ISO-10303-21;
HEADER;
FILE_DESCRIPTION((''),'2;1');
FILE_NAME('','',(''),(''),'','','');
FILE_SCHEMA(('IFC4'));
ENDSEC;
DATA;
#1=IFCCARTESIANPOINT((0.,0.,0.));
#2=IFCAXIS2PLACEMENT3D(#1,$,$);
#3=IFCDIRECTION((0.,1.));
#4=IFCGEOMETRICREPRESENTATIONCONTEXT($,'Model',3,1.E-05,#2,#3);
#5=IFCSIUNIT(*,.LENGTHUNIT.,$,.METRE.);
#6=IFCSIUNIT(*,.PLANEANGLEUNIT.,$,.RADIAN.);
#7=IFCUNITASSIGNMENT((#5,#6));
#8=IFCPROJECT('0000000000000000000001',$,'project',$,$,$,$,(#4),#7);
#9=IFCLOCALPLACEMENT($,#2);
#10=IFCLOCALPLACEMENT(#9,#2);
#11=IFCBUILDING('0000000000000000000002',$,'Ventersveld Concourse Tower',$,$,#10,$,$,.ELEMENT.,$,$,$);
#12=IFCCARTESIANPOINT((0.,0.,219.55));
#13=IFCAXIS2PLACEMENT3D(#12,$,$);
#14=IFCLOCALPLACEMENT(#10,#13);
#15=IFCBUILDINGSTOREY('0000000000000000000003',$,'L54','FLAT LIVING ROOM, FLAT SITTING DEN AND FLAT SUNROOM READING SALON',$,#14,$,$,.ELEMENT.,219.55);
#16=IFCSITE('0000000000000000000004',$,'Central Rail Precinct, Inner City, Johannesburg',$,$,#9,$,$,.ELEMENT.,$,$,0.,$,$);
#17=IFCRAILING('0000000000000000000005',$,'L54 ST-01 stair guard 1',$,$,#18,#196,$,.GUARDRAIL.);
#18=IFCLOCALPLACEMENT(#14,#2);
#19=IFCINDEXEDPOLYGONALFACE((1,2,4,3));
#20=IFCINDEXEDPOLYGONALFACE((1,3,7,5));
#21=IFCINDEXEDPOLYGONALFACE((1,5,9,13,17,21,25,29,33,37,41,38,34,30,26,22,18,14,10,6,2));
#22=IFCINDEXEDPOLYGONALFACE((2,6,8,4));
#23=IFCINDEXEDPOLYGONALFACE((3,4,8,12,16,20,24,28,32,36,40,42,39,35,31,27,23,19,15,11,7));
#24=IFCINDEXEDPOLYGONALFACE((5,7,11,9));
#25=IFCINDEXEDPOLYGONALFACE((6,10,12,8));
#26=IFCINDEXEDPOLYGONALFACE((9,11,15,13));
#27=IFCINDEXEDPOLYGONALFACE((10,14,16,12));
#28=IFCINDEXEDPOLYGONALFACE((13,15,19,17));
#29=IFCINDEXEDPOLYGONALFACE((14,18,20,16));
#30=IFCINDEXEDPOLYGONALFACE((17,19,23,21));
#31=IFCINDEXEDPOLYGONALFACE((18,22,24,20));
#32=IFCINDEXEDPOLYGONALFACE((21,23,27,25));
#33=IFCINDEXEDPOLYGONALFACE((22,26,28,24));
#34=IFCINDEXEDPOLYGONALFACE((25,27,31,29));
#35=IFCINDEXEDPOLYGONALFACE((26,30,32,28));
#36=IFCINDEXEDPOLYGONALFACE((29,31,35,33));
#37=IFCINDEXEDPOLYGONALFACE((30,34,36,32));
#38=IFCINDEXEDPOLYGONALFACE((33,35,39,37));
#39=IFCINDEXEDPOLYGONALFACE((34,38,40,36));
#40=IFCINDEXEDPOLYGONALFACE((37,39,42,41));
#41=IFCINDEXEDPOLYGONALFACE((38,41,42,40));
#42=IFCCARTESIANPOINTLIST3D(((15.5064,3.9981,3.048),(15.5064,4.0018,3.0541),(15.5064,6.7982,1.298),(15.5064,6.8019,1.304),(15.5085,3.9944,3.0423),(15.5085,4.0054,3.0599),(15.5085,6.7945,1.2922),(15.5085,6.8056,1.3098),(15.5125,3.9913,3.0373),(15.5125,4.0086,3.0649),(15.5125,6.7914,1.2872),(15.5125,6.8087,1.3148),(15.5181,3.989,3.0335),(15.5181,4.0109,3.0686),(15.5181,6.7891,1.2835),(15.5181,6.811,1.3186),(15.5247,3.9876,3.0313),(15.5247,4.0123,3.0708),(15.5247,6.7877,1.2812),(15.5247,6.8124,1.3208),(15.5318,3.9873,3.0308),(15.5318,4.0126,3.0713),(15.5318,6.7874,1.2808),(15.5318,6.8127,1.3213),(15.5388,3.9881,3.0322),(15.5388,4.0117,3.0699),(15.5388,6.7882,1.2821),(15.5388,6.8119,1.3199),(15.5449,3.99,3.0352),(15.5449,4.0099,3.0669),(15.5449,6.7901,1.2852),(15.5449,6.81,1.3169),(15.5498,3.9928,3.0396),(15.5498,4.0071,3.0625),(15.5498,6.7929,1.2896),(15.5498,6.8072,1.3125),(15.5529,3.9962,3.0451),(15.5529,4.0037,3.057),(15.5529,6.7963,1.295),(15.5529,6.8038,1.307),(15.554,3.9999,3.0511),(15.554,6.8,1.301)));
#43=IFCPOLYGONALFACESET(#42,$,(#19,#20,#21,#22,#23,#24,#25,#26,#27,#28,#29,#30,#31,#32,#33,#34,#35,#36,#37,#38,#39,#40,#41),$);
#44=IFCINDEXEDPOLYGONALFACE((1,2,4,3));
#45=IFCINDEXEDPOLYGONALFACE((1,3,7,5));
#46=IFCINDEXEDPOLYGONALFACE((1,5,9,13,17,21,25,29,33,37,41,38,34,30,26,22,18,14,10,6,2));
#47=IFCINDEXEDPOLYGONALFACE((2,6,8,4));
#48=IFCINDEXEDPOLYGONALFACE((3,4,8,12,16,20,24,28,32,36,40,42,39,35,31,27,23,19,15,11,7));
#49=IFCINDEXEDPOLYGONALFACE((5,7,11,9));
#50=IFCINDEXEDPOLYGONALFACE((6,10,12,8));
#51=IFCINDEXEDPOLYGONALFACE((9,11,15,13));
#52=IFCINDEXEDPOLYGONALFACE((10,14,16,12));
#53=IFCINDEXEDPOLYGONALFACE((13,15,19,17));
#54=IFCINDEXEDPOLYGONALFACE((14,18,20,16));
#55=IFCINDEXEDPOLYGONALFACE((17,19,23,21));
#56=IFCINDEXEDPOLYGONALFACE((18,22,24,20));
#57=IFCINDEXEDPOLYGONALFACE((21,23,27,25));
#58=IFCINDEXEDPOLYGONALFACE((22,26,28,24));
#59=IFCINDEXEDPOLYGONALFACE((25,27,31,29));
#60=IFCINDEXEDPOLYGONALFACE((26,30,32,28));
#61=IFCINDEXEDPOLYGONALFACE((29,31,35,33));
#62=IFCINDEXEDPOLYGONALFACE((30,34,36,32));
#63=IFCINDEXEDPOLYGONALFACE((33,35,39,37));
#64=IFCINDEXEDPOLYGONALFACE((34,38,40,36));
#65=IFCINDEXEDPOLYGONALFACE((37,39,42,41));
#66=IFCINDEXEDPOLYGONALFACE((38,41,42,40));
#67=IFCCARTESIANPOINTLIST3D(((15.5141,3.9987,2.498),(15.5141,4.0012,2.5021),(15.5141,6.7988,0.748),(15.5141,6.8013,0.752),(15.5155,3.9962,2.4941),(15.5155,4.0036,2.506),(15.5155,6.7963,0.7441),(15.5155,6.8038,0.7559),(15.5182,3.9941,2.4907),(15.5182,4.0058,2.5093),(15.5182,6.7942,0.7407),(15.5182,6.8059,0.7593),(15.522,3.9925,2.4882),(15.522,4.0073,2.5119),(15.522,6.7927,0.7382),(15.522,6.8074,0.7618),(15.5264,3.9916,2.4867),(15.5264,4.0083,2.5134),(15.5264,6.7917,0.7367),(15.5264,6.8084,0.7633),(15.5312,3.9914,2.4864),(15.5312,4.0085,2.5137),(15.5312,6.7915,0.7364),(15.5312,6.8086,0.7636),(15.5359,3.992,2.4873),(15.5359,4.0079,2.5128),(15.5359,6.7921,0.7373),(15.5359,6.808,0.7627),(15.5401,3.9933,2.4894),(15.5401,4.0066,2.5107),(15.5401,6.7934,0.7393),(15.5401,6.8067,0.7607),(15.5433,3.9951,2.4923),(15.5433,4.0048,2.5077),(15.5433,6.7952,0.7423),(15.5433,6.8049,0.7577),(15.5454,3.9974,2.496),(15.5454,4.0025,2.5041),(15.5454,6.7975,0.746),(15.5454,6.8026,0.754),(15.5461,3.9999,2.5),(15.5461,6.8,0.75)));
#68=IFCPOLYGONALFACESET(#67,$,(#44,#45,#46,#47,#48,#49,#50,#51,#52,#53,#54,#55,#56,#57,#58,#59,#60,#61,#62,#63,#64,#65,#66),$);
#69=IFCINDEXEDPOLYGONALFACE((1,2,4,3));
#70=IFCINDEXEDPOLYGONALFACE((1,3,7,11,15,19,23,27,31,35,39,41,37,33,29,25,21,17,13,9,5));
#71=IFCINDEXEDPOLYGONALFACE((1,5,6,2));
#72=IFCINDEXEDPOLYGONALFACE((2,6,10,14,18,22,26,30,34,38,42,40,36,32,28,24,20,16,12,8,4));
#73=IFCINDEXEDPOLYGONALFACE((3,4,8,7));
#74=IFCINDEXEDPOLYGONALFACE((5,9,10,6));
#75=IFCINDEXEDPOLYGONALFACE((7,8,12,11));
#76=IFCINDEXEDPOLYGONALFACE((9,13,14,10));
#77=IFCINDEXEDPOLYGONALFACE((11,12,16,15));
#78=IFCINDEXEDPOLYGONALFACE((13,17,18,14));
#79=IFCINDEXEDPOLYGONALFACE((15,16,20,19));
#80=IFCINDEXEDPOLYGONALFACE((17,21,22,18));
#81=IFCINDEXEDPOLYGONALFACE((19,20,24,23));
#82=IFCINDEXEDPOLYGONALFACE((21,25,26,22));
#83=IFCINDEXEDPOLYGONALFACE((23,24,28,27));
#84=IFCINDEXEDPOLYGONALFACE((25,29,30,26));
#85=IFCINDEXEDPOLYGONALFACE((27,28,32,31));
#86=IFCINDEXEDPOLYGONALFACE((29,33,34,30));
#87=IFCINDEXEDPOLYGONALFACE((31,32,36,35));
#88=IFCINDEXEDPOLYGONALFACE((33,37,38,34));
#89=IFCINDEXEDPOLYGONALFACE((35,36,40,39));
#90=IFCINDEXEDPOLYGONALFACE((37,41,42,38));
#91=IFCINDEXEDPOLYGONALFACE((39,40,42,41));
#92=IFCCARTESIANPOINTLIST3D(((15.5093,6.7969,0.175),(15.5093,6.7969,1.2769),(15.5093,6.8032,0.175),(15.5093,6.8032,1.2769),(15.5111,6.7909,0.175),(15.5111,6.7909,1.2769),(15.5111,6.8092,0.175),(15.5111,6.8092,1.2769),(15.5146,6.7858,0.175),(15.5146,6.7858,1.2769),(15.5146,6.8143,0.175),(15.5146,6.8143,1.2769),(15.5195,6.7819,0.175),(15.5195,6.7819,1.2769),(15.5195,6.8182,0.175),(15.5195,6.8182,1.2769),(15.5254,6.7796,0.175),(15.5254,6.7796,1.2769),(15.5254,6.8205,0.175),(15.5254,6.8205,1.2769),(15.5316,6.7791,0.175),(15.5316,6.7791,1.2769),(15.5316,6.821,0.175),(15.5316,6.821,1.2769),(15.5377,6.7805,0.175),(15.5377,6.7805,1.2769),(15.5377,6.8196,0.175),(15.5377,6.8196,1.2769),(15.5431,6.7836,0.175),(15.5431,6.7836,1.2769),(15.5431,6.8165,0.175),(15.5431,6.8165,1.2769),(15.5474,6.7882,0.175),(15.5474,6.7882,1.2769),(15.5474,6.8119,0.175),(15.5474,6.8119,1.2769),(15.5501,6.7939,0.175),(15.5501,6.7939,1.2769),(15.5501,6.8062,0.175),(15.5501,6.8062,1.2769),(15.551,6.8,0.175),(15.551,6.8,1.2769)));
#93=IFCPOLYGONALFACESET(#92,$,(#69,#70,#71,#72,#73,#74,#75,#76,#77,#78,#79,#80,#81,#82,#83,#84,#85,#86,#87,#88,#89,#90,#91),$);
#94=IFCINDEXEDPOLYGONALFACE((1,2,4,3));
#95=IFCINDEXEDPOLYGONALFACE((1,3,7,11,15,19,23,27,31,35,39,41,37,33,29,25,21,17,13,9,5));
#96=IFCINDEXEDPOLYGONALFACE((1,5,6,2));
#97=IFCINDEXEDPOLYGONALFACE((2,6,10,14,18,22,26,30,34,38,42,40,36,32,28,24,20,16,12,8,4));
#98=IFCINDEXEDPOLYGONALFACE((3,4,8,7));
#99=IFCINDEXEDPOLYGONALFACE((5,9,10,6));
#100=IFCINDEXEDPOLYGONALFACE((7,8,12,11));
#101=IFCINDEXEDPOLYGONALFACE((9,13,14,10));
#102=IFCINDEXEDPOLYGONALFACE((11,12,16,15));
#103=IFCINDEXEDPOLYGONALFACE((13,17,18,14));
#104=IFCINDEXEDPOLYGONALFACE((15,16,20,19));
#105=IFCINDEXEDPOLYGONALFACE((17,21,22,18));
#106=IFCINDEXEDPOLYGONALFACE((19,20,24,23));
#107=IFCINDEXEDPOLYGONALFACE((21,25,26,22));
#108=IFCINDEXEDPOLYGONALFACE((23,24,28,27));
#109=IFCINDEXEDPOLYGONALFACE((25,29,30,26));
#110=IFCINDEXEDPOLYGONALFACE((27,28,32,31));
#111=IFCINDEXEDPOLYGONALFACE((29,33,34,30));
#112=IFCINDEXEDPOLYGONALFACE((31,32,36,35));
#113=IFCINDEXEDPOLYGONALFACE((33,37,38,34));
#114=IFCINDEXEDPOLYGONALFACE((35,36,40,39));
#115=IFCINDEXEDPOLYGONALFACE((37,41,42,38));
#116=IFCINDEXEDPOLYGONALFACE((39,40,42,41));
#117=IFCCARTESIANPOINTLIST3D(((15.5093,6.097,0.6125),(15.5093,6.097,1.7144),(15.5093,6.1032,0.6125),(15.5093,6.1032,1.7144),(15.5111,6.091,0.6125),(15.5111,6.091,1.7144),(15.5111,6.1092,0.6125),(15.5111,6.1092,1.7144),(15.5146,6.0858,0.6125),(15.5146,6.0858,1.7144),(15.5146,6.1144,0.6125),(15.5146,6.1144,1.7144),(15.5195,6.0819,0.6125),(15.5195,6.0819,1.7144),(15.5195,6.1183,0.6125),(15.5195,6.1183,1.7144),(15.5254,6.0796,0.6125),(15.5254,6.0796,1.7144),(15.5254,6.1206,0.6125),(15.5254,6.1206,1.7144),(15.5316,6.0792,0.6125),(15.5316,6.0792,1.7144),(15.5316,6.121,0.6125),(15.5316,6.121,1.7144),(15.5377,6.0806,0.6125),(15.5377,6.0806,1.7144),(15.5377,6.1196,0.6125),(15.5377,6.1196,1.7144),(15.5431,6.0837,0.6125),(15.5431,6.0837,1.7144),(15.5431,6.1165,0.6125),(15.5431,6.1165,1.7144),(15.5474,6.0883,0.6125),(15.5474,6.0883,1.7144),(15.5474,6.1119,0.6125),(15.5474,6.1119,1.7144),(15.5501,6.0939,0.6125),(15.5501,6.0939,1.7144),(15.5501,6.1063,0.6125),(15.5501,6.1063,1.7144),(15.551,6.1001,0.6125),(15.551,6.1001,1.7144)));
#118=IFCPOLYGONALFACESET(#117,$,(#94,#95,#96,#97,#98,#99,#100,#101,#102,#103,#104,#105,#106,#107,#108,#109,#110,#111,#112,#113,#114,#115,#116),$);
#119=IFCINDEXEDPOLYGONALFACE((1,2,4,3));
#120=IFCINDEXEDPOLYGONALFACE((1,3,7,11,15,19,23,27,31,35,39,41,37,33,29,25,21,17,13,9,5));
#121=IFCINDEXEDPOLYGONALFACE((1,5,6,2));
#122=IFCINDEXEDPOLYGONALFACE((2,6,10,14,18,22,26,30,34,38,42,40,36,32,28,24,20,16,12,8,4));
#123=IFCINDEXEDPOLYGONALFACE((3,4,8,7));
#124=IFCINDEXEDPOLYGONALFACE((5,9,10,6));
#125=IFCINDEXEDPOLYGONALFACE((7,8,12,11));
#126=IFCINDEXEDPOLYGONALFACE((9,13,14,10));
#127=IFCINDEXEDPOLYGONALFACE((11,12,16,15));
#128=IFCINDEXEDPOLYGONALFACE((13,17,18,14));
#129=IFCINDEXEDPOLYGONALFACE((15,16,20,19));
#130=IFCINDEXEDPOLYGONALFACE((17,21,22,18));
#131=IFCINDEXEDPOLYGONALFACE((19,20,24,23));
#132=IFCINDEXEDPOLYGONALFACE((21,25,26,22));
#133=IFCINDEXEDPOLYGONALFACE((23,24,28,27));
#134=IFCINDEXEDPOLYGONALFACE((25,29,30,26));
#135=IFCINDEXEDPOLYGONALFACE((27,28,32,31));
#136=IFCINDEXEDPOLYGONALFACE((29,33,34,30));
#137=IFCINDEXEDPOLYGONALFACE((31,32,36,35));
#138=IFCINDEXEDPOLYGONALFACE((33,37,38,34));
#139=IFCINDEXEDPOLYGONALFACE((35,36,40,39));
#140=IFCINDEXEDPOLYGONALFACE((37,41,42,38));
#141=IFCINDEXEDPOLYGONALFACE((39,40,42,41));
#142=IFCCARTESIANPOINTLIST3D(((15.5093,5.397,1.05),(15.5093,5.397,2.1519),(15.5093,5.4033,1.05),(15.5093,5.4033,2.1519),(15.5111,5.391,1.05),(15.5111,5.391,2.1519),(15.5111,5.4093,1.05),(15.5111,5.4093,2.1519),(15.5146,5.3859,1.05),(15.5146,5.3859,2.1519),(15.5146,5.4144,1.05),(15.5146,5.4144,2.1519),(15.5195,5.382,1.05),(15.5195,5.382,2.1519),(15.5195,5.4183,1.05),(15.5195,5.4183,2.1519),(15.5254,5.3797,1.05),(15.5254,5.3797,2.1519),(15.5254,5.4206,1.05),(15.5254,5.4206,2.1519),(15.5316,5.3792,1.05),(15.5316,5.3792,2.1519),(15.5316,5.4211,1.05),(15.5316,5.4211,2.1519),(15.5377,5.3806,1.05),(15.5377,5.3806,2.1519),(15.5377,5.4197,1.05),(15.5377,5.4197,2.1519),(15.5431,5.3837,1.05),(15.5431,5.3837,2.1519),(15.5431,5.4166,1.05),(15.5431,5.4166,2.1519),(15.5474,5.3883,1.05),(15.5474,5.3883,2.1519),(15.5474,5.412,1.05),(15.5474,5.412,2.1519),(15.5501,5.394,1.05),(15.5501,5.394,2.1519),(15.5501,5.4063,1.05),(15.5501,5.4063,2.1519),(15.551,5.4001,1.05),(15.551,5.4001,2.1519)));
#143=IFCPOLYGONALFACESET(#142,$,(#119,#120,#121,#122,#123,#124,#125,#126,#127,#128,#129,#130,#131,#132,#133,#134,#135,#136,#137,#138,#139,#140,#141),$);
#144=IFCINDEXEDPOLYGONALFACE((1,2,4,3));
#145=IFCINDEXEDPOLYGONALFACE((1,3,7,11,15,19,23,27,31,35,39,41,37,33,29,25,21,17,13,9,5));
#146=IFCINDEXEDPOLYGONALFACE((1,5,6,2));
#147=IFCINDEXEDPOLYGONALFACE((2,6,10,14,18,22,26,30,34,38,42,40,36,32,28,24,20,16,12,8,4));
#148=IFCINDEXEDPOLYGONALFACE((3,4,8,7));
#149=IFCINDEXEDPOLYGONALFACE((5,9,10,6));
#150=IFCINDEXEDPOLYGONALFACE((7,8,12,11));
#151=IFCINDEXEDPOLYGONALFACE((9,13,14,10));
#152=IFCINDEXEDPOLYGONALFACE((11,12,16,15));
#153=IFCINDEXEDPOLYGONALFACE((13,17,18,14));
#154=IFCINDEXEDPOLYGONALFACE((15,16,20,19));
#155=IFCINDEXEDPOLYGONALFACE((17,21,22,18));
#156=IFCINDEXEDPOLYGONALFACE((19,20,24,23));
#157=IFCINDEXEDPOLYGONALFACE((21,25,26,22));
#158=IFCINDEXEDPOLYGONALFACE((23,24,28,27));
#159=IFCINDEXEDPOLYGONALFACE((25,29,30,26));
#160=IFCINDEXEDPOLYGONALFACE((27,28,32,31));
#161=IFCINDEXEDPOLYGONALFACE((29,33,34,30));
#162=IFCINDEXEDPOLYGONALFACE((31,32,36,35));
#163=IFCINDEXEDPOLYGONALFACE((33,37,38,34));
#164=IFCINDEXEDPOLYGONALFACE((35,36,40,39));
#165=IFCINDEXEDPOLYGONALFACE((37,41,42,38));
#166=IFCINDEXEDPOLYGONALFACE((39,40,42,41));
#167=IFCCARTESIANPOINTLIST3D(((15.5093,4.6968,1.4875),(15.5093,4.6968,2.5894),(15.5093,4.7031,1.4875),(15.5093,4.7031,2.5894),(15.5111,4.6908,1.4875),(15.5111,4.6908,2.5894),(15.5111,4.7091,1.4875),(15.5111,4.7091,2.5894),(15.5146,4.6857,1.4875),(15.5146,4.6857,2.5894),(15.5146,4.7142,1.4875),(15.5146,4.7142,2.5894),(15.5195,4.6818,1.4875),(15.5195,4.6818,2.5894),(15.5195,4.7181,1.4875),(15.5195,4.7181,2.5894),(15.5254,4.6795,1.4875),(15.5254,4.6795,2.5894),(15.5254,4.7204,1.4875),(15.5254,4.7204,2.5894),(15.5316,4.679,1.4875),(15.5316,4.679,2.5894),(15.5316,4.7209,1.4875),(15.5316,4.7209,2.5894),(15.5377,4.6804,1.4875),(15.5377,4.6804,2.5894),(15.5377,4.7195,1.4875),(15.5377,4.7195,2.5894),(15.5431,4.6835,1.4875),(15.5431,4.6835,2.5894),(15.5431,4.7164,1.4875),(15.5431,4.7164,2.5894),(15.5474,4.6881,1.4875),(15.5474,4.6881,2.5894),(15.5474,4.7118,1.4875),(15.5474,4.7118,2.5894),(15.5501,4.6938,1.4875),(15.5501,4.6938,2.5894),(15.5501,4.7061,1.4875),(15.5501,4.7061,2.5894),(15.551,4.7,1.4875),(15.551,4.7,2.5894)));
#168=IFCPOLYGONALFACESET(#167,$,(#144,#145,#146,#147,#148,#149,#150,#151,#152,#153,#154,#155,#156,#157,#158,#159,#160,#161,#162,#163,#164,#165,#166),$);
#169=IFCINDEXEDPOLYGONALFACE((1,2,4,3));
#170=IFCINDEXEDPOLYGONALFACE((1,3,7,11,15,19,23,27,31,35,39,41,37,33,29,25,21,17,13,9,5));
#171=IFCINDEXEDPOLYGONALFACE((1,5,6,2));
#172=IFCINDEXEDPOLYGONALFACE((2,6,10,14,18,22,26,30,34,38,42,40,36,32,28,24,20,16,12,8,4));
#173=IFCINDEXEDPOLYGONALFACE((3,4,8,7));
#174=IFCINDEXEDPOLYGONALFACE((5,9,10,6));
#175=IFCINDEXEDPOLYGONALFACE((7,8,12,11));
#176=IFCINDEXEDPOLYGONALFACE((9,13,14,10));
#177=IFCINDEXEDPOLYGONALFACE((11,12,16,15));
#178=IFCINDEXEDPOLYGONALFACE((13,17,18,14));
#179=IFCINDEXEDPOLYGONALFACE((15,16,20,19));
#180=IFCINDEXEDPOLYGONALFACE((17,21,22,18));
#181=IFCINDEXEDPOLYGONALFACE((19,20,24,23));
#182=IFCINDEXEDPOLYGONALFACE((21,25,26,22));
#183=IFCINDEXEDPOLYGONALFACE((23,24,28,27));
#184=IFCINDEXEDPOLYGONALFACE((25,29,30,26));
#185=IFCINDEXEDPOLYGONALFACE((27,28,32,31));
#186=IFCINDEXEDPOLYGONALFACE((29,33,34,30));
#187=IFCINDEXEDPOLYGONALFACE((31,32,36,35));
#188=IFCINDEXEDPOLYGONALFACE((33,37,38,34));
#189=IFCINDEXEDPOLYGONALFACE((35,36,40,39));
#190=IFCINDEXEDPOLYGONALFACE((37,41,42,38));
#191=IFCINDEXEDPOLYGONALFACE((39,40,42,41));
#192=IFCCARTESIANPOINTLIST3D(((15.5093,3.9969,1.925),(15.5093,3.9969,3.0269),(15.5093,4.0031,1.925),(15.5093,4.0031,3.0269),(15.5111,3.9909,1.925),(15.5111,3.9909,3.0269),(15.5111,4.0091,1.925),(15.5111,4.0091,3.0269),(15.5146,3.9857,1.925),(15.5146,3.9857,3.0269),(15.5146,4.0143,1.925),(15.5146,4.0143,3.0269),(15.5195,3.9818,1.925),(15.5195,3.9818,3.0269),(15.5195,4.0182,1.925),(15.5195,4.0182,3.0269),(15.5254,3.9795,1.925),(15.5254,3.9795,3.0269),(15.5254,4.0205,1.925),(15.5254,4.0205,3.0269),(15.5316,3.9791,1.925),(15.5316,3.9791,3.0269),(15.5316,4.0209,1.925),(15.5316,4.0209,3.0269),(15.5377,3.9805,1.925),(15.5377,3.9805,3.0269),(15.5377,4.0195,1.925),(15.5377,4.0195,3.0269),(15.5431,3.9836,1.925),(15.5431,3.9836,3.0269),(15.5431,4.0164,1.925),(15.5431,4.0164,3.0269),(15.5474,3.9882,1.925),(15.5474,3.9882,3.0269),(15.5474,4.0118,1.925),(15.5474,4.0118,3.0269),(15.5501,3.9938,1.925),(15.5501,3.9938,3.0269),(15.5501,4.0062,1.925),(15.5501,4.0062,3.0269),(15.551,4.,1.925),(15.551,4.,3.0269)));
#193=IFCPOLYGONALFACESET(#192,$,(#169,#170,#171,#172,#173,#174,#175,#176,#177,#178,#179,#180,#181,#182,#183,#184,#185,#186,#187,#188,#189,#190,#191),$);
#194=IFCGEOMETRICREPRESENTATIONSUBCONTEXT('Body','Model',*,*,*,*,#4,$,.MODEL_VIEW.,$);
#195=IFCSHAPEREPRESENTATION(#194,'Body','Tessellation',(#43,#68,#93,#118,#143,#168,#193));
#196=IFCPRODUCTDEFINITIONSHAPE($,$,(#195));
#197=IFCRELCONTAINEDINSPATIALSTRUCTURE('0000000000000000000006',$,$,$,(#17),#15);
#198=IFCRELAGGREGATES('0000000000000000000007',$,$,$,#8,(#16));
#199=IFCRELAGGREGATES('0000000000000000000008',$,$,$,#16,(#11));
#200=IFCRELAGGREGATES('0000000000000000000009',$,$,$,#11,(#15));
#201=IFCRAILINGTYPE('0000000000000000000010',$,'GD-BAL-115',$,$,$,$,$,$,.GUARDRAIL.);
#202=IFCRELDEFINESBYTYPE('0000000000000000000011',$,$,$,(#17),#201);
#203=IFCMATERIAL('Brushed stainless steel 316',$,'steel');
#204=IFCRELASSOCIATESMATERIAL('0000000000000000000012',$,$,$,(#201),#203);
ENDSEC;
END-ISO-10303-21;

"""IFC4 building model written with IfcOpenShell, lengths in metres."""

from ifc_helpers import new_model, si_unit, direction, frame, origin, origin_2d, place, context, subcontext, project, spatial, circle, extrude, material, type_object, element, save


model = new_model("IFC4")

# Units and contexts
model_context = context("Model", 3, precision=1e-05, world=origin(), true_north=direction((0.0, 1.0)))
body_context = subcontext(model_context, "Body", "Model", "MODEL_VIEW")
ifc_project = project(units=[si_unit("LENGTHUNIT", "METRE"), si_unit("PLANEANGLEUNIT", "RADIAN")], contexts=[model_context])

# Site, building, storey
site_placement = place(None, origin())
site = spatial("IfcSite", under=ifc_project, at=site_placement, Name="Central Rail Precinct, Inner City, Johannesburg", CompositionType="ELEMENT", RefElevation=0.0)
building_placement = place(site_placement, origin())
building = spatial("IfcBuilding", under=site, at=building_placement, Name="Ventersveld Concourse Tower", CompositionType="ELEMENT")
storey_placement = place(building_placement, frame((0.0, 0.0, 219.55)))
storey = spatial("IfcBuildingStorey", under=building, at=storey_placement, Name="L54", Description="FLAT LIVING ROOM, FLAT SITTING DEN AND FLAT SUNROOM READING SALON", CompositionType="ELEMENT", Elevation=219.55)

# Shared definitions
ifc_material_1 = material(Name="Brushed stainless steel 316", Category="steel")

# Railing
railing_type_1 = type_object("IfcRailingType", Name="GD-BAL-115", PredefinedType="GUARDRAIL", material=ifc_material_1)
railing_1_placement = place(storey_placement, frame((15.53, 6.8, 0.175)))
element("IfcRailing", 1, at=railing_1_placement, inside=storey, type_object=railing_type_1, Name="L54 ST-01 stair guard 1", PredefinedType="GUARDRAIL", context=body_context, shape_type="SweptSolid", body=[
    extrude(circle(Radius=0.0239, at=origin_2d()), frame((0.0, 0.0, 1.126), z_axis=(0.0, -0.848002, 0.529992), x_axis=(1.0, 0.0, 0.0)), (0.0, 0.0, 1.0), 3.302),
    extrude(circle(Radius=0.0161, at=origin_2d()), frame((0.0, 0.0, 0.575), z_axis=(0.0, -0.848002, 0.529992), x_axis=(1.0, 0.0, 0.0)), (0.0, 0.0, 1.0), 3.302),
    extrude(circle(Radius=0.021, at=origin_2d()), origin(), (0.0, 0.0, 1.0), 1.1018),
    extrude(circle(Radius=0.021, at=origin_2d()), frame((0.0, -0.7, 0.4375)), (0.0, 0.0, 1.0), 1.1018),
    extrude(circle(Radius=0.021, at=origin_2d()), frame((0.0, -1.3999, 0.875)), (0.0, 0.0, 1.0), 1.1018),
    extrude(circle(Radius=0.021, at=origin_2d()), frame((0.0, -2.1001, 1.3125)), (0.0, 0.0, 1.0), 1.1018),
    extrude(circle(Radius=0.021, at=origin_2d()), frame((0.0, -2.8, 1.75)), (0.0, 0.0, 1.0), 1.1018),
])

save(model, "model.ifc")
